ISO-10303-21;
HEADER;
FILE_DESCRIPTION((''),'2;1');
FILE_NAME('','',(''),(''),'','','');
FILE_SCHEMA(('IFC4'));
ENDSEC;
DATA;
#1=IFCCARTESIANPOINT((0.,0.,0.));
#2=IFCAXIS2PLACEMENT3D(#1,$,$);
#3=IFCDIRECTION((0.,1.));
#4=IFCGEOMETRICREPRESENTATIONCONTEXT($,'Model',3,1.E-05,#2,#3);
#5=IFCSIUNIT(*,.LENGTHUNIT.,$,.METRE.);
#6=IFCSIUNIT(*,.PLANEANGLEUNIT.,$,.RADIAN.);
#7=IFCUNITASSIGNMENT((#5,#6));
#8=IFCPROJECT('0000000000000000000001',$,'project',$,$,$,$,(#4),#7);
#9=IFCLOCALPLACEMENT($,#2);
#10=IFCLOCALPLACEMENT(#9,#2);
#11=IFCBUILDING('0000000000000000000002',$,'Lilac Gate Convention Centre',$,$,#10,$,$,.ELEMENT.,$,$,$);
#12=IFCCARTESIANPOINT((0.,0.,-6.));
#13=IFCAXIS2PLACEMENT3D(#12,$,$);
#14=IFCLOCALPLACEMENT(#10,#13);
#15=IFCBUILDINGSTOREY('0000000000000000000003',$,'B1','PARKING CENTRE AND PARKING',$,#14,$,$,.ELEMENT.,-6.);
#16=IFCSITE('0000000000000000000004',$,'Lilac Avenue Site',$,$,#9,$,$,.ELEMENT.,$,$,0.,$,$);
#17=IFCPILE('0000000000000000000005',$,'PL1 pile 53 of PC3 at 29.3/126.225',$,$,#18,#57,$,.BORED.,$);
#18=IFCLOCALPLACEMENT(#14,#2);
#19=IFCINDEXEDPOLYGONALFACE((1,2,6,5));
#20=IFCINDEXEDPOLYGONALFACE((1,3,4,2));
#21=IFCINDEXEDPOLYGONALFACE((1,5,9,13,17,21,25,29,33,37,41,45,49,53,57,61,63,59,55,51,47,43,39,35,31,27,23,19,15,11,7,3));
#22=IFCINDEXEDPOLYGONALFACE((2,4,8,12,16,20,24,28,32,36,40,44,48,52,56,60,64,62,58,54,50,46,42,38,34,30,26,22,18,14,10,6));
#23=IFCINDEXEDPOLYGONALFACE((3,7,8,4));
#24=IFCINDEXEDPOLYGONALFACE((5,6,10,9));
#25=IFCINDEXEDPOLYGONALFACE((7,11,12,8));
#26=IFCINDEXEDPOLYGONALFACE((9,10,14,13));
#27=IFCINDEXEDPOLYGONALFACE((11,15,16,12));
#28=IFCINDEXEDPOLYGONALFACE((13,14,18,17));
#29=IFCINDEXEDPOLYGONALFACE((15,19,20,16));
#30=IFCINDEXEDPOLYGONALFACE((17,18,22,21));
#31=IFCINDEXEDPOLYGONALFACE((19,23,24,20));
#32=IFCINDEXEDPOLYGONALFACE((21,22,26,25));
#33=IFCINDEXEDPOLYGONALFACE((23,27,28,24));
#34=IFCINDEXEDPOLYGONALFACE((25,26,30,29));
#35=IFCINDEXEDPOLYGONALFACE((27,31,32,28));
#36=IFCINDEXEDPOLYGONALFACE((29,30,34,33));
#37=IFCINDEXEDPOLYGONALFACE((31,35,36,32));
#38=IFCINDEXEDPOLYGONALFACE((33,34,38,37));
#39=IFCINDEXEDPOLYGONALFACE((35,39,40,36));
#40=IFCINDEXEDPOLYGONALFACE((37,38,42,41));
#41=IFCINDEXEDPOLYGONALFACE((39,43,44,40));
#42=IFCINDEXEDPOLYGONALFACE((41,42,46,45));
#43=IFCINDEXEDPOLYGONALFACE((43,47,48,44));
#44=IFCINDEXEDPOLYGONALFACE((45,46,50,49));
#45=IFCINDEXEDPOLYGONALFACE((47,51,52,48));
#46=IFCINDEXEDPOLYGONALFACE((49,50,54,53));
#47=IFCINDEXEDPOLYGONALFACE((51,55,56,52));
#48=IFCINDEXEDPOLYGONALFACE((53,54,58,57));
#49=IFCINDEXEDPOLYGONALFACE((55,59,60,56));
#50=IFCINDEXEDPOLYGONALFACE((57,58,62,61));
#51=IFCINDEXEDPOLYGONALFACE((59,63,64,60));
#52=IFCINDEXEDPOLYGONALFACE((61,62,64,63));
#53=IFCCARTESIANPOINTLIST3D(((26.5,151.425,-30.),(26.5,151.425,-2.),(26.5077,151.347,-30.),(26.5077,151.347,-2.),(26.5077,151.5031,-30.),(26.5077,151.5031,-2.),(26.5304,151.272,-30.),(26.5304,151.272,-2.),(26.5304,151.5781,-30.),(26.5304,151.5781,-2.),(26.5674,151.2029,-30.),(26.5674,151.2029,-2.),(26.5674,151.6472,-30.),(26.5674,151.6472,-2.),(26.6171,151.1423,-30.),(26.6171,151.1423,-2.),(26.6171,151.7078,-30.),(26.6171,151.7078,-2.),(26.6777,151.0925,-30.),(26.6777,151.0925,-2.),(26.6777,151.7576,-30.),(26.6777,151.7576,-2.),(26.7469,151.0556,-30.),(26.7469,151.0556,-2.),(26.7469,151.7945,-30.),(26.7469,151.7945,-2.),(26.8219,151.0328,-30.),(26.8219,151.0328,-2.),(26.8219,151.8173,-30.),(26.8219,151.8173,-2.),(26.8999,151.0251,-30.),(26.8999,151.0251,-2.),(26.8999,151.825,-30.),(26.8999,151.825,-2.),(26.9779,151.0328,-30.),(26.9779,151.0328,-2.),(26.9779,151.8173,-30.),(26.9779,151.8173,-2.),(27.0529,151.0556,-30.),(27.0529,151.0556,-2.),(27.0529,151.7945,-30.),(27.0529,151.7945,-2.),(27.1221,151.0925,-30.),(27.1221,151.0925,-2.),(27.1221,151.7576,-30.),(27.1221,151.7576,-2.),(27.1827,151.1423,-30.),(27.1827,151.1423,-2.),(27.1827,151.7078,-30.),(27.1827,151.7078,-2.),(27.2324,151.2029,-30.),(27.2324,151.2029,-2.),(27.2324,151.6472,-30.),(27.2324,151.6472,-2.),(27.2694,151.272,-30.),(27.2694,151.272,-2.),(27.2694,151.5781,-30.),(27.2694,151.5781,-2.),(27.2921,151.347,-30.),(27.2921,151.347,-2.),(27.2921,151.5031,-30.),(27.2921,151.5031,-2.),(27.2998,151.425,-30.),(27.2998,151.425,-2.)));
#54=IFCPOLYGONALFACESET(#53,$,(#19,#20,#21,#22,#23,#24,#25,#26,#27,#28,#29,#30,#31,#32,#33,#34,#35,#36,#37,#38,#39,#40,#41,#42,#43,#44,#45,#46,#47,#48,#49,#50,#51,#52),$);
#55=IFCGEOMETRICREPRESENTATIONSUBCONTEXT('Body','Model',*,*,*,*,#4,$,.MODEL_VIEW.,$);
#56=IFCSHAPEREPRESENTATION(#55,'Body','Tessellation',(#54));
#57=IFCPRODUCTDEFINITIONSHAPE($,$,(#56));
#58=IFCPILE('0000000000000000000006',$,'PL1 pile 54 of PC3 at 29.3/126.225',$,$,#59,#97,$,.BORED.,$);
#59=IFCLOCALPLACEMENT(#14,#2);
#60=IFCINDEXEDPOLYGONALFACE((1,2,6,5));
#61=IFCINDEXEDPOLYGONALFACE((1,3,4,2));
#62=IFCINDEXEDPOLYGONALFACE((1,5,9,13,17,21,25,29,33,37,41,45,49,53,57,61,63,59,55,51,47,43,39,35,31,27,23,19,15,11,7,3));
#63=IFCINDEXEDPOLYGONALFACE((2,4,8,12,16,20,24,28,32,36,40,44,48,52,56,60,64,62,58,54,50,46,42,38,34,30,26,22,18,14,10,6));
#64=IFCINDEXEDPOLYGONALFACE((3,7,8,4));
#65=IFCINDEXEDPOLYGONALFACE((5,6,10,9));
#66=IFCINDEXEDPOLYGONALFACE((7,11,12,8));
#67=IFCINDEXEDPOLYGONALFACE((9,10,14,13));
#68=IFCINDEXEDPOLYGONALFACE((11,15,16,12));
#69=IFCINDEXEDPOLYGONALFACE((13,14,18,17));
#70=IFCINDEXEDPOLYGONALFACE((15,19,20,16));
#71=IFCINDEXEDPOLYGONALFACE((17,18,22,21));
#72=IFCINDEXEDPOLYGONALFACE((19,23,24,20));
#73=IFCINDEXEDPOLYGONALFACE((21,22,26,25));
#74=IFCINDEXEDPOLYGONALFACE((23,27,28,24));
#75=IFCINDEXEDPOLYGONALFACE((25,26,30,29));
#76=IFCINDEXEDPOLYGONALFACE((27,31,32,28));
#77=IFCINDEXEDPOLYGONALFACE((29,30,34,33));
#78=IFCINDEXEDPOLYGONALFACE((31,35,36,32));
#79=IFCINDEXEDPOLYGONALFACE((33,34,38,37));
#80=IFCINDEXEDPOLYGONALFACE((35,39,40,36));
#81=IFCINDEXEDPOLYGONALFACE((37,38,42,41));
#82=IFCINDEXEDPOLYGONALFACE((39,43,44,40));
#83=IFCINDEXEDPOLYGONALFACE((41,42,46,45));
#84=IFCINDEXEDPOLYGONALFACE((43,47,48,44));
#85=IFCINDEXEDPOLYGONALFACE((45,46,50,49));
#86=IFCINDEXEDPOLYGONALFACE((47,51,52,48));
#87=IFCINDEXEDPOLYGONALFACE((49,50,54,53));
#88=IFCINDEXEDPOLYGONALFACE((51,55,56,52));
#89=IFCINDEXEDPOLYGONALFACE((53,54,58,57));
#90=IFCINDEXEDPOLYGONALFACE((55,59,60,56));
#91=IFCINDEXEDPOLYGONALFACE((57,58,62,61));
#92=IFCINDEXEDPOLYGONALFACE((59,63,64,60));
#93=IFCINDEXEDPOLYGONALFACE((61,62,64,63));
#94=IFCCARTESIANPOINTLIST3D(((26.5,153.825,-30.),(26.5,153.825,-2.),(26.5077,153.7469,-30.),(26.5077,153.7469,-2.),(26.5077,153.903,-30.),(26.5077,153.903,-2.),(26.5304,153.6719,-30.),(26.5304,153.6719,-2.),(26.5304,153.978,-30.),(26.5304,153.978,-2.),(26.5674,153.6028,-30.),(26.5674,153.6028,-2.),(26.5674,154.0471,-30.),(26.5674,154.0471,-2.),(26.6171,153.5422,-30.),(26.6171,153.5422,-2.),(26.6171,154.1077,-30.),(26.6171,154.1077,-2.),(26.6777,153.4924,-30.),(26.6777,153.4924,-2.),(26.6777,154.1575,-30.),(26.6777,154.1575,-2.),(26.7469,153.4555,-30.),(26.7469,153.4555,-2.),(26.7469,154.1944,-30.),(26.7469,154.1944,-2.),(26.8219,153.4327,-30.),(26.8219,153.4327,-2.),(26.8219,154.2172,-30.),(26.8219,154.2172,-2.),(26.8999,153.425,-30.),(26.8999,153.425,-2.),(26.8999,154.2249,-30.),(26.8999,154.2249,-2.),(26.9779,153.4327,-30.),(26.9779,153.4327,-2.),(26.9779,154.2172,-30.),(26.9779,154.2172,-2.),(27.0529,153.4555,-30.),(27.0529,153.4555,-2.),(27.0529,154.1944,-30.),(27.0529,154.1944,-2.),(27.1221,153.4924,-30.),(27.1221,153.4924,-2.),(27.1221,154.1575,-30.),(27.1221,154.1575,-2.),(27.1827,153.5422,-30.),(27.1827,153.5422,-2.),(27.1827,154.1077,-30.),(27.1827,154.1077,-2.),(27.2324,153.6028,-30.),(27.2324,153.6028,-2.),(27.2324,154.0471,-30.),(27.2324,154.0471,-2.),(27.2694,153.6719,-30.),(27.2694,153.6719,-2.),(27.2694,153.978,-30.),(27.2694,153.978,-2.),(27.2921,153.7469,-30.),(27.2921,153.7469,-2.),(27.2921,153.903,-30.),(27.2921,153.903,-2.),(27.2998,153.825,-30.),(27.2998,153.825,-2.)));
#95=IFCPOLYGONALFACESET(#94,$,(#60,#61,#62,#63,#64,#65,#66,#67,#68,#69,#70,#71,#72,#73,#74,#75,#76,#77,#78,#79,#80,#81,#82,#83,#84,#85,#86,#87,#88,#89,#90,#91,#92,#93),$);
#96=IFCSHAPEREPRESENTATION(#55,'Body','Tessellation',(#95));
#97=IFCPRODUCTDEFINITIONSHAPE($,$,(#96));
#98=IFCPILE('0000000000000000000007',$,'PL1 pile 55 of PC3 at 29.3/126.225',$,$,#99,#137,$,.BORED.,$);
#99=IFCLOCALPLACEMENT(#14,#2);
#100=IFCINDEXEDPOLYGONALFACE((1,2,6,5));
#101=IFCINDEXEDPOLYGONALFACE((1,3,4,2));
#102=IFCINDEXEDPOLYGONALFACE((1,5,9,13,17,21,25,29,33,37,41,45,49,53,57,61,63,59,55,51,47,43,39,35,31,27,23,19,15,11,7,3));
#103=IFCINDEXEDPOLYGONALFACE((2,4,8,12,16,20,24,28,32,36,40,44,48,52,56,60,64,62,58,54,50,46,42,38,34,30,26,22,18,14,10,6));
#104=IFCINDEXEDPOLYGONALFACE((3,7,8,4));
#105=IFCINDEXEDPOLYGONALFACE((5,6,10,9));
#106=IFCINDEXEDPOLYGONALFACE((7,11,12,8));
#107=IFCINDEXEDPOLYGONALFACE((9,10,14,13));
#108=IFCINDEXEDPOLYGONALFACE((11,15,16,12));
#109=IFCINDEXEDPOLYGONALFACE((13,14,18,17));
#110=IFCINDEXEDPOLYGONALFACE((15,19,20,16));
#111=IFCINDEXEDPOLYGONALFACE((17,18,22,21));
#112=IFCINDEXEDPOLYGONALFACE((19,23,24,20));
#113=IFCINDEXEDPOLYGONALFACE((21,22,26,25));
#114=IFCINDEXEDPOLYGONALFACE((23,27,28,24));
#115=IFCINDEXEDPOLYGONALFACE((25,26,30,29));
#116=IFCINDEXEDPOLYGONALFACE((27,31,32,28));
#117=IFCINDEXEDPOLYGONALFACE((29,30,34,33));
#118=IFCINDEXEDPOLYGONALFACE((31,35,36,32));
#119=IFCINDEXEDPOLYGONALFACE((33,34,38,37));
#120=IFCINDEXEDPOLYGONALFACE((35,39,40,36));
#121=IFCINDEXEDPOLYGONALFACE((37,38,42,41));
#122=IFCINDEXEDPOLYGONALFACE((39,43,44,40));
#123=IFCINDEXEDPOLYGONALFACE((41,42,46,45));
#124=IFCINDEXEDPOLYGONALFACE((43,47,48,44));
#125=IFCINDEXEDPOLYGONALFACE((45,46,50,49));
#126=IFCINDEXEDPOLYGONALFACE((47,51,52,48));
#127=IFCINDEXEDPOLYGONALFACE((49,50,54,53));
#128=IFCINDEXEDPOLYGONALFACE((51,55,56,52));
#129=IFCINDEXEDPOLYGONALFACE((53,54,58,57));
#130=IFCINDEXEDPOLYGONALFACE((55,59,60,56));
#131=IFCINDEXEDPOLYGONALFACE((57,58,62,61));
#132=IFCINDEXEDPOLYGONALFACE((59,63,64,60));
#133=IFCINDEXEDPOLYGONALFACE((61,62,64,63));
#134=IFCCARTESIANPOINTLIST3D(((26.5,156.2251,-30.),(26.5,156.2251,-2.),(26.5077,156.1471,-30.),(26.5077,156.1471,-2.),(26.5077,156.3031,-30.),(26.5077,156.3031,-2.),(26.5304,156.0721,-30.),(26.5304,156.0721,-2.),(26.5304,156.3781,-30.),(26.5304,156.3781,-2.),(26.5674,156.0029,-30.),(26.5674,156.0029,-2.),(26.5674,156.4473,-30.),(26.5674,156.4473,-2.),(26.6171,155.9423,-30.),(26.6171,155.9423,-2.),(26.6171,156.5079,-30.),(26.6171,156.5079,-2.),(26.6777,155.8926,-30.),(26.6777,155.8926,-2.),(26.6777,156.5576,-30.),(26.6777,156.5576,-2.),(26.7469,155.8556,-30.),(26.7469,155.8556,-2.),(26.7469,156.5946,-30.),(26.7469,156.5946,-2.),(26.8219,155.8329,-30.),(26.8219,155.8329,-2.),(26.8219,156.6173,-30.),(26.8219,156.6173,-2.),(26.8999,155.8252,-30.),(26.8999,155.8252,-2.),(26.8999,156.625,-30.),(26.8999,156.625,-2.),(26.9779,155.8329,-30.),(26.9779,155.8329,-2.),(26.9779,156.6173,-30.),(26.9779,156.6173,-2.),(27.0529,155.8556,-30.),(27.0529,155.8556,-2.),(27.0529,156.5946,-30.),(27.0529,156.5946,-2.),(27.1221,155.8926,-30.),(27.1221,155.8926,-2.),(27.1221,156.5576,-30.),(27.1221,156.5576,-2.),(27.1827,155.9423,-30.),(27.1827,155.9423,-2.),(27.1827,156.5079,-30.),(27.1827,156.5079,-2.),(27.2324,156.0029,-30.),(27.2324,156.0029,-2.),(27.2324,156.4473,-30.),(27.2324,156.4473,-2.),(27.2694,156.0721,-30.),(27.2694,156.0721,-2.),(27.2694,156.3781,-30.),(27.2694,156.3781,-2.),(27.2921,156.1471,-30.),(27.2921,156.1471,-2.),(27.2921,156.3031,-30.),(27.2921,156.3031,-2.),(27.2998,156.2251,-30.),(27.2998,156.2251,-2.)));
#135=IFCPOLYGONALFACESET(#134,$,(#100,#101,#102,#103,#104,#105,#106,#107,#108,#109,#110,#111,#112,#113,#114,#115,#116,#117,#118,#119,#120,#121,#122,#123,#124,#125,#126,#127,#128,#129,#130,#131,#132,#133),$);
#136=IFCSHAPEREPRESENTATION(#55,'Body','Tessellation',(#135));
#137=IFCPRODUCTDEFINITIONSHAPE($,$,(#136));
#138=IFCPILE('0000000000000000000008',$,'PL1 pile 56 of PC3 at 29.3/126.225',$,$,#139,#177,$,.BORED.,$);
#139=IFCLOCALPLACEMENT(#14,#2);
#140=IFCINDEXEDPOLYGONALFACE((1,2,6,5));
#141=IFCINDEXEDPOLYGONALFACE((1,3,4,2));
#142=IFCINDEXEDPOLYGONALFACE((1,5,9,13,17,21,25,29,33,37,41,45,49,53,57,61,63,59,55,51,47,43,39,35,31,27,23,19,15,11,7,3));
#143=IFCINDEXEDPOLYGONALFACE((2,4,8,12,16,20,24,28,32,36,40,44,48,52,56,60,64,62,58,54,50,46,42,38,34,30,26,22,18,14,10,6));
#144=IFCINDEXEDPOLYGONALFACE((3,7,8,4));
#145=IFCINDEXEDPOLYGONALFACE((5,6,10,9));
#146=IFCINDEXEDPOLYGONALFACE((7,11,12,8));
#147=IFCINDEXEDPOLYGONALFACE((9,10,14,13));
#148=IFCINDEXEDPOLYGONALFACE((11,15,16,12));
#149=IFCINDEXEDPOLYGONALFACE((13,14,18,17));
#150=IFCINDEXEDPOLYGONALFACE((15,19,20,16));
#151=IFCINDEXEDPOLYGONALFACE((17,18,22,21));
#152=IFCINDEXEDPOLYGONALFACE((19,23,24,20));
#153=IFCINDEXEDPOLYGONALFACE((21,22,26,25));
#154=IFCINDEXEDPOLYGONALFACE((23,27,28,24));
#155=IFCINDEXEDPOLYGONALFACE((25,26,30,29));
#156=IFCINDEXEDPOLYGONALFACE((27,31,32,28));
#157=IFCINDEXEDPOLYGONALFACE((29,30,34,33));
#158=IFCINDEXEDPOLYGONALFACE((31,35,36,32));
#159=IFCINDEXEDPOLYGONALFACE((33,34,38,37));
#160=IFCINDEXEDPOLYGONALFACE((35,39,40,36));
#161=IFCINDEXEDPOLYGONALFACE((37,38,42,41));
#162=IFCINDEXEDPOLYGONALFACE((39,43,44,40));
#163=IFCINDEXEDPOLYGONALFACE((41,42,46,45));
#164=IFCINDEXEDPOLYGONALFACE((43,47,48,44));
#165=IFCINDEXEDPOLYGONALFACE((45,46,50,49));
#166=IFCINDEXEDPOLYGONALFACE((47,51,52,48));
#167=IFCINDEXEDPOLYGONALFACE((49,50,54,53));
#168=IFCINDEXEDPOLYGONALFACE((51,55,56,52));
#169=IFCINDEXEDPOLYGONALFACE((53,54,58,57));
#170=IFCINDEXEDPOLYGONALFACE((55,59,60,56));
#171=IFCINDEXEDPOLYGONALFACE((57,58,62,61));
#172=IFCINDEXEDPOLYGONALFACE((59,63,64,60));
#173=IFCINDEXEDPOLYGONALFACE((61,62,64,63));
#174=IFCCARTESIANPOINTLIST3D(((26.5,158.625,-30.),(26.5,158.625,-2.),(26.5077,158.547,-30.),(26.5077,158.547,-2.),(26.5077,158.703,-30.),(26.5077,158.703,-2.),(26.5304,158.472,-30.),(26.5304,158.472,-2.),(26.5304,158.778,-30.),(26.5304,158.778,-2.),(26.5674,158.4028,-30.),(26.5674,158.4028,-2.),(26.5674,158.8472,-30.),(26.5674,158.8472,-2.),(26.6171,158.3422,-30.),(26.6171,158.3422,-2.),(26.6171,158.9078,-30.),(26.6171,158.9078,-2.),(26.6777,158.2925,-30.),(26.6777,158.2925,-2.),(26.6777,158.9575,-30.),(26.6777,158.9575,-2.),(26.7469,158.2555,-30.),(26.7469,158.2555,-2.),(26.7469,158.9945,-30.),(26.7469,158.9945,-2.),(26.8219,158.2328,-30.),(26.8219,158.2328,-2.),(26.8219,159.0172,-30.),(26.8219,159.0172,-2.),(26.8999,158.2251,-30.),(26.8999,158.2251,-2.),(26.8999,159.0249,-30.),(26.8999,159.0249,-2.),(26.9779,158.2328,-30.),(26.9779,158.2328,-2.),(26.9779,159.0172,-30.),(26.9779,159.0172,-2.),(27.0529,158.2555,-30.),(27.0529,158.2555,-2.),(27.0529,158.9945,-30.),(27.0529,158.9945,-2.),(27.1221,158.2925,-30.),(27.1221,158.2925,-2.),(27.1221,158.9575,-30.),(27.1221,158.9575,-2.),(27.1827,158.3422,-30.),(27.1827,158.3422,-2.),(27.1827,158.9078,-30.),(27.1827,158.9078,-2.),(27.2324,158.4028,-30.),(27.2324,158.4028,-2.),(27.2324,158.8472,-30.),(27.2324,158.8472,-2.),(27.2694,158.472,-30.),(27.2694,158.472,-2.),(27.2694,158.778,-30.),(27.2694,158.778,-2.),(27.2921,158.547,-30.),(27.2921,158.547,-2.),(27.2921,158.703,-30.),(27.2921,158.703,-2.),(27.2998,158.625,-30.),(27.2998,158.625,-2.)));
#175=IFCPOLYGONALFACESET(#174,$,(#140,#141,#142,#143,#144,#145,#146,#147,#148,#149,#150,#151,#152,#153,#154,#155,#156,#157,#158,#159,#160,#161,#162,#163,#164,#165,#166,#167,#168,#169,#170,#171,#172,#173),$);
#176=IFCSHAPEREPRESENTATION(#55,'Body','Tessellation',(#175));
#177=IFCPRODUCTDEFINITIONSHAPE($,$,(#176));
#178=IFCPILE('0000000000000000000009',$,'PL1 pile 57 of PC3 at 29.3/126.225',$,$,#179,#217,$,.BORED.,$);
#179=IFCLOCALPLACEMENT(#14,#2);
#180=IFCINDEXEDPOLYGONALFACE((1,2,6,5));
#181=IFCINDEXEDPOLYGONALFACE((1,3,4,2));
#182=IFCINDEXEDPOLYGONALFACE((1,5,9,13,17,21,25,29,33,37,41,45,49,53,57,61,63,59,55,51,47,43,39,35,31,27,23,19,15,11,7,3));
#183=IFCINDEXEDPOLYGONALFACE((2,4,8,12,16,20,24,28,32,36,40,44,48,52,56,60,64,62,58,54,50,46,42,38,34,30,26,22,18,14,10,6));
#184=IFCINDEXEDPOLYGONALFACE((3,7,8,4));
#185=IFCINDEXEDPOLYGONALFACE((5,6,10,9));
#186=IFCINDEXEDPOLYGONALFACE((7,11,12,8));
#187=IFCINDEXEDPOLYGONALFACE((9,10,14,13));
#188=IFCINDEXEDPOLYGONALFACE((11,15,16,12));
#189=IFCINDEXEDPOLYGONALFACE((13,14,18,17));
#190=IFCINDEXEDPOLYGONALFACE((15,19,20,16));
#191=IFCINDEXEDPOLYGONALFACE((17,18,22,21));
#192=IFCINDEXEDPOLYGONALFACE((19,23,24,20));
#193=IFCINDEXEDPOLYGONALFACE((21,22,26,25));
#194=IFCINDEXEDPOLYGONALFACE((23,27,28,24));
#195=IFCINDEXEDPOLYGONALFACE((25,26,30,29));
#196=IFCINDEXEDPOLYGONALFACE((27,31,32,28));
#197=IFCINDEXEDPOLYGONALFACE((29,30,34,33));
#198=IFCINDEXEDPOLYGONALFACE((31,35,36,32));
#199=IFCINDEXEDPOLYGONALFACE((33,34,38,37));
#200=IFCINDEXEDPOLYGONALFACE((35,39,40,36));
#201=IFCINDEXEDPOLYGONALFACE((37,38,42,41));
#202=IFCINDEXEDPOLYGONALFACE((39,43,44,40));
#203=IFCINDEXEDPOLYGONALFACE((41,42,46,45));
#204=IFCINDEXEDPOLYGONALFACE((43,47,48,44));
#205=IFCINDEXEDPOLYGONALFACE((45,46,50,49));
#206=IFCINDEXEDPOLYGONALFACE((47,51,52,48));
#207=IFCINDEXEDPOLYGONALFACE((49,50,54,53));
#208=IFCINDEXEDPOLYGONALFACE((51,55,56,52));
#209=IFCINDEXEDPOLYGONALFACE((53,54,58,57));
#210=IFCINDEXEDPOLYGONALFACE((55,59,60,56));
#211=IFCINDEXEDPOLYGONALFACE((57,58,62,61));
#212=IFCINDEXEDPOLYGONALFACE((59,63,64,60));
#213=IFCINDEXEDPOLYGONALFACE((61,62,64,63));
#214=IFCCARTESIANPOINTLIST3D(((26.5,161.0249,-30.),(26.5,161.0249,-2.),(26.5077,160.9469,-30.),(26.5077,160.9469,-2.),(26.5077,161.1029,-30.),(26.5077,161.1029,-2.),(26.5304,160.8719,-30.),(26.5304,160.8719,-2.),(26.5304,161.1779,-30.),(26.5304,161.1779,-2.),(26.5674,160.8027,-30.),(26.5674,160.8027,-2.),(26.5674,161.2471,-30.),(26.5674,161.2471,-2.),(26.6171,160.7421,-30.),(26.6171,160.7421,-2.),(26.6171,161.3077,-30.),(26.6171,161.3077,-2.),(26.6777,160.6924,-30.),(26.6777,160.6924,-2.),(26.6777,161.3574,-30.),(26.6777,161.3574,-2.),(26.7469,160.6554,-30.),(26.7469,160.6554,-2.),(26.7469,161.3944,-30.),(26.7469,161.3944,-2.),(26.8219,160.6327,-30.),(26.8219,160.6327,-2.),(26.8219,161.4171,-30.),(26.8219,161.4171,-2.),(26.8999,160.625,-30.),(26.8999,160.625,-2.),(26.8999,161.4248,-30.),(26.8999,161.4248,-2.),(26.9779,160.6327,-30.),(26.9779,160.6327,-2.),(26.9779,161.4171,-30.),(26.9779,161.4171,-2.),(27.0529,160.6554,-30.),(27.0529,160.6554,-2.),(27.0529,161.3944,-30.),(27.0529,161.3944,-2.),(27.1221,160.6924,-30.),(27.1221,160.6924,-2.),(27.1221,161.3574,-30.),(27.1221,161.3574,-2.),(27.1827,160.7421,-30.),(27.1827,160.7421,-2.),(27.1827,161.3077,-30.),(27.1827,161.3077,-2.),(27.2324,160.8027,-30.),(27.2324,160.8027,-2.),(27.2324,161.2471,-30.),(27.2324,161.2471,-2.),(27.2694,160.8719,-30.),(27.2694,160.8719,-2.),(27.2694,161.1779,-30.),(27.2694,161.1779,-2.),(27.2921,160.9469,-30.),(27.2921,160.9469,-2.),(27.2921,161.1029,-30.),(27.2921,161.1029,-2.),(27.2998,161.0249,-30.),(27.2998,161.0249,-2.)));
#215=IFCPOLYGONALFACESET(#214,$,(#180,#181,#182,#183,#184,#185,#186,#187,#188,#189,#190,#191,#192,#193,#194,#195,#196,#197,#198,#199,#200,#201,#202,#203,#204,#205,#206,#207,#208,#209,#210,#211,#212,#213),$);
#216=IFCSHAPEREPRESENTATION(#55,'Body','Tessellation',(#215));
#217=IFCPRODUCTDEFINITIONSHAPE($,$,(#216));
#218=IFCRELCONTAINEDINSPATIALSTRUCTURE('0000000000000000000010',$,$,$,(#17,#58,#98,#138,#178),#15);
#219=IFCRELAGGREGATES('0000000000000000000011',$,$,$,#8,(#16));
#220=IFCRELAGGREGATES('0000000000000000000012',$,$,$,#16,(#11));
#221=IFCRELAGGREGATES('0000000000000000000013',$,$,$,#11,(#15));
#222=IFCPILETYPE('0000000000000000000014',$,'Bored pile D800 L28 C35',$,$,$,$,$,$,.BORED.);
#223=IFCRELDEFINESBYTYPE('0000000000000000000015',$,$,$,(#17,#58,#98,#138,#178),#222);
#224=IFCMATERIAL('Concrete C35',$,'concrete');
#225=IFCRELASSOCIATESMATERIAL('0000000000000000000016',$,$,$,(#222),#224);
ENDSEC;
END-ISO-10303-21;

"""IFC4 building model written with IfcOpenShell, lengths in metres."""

from ifc_helpers import new_model, si_unit, direction, frame, origin, origin_2d, place, context, subcontext, project, spatial, circle, extrude, material, material_profile, profile_set, type_object, element, save


model = new_model("IFC4")

# Units and contexts
model_context = context("Model", 3, precision=1e-05, world=origin(), true_north=direction((0.0, 1.0)))
body_context = subcontext(model_context, "Body", "Model", "MODEL_VIEW")
ifc_project = project(units=[si_unit("LENGTHUNIT", "METRE"), si_unit("PLANEANGLEUNIT", "RADIAN")], contexts=[model_context])

# Site, building, storey
site_placement = place(None, origin())
site = spatial("IfcSite", under=ifc_project, at=site_placement, Name="Lilac Avenue Site", CompositionType="ELEMENT", RefElevation=0.0)
building_placement = place(site_placement, origin())
building = spatial("IfcBuilding", under=site, at=building_placement, Name="Lilac Gate Convention Centre", CompositionType="ELEMENT")
storey_placement = place(building_placement, frame((0.0, 0.0, -6.0)))
storey = spatial("IfcBuildingStorey", under=building, at=storey_placement, Name="B1", Description="PARKING CENTRE AND PARKING", CompositionType="ELEMENT", Elevation=-6.0)

# Piles
ifc_material_1 = material(Name="Concrete C35", Category="concrete")
ifc_material_profile_1 = material_profile(ifc_material_1, circle(Radius=0.3999, at=origin_2d()), Name="D800")
ifc_profile_set_1 = profile_set([ifc_material_profile_1], Name="Concrete C35")
pile_type = type_object("IfcPileType", Name="Bored pile D800 L28 C35", PredefinedType="BORED", material=ifc_profile_set_1)
for number, where, z_axis, x_axis, name in (
    (1, (26.8999, 151.425, -2.0), (0.0, 0.0, -1.0), (1.0, 0.0, 0.0), "PL1 pile 53 of PC3 at 29.3/126.225"),
    (2, (26.8999, 153.825, -2.0), (0.0, 0.0, -1.0), (1.0, 0.0, 0.0), "PL1 pile 54 of PC3 at 29.3/126.225"),
    (3, (26.8999, 156.2251, -2.0), (0.0, 0.0, -1.0), (1.0, 0.0, 0.0), "PL1 pile 55 of PC3 at 29.3/126.225"),
    (4, (26.8999, 158.625, -2.0), (0.0, 0.0, -1.0), (1.0, 0.0, 0.0), "PL1 pile 56 of PC3 at 29.3/126.225"),
    (5, (26.8999, 161.0249, -2.0), (0.0, 0.0, -1.0), (1.0, 0.0, 0.0), "PL1 pile 57 of PC3 at 29.3/126.225"),
):
    element("IfcPile", number, at=place(storey_placement, frame(where, z_axis=z_axis, x_axis=x_axis)), inside=storey, type_object=pile_type, Name=name, PredefinedType="BORED", context=body_context, shape_type="SweptSolid", body=[
        extrude(circle(Radius=0.3999, at=origin_2d()), origin(), (0.0, 0.0, 1.0), 28.0),
    ])

save(model, "model.ifc")
